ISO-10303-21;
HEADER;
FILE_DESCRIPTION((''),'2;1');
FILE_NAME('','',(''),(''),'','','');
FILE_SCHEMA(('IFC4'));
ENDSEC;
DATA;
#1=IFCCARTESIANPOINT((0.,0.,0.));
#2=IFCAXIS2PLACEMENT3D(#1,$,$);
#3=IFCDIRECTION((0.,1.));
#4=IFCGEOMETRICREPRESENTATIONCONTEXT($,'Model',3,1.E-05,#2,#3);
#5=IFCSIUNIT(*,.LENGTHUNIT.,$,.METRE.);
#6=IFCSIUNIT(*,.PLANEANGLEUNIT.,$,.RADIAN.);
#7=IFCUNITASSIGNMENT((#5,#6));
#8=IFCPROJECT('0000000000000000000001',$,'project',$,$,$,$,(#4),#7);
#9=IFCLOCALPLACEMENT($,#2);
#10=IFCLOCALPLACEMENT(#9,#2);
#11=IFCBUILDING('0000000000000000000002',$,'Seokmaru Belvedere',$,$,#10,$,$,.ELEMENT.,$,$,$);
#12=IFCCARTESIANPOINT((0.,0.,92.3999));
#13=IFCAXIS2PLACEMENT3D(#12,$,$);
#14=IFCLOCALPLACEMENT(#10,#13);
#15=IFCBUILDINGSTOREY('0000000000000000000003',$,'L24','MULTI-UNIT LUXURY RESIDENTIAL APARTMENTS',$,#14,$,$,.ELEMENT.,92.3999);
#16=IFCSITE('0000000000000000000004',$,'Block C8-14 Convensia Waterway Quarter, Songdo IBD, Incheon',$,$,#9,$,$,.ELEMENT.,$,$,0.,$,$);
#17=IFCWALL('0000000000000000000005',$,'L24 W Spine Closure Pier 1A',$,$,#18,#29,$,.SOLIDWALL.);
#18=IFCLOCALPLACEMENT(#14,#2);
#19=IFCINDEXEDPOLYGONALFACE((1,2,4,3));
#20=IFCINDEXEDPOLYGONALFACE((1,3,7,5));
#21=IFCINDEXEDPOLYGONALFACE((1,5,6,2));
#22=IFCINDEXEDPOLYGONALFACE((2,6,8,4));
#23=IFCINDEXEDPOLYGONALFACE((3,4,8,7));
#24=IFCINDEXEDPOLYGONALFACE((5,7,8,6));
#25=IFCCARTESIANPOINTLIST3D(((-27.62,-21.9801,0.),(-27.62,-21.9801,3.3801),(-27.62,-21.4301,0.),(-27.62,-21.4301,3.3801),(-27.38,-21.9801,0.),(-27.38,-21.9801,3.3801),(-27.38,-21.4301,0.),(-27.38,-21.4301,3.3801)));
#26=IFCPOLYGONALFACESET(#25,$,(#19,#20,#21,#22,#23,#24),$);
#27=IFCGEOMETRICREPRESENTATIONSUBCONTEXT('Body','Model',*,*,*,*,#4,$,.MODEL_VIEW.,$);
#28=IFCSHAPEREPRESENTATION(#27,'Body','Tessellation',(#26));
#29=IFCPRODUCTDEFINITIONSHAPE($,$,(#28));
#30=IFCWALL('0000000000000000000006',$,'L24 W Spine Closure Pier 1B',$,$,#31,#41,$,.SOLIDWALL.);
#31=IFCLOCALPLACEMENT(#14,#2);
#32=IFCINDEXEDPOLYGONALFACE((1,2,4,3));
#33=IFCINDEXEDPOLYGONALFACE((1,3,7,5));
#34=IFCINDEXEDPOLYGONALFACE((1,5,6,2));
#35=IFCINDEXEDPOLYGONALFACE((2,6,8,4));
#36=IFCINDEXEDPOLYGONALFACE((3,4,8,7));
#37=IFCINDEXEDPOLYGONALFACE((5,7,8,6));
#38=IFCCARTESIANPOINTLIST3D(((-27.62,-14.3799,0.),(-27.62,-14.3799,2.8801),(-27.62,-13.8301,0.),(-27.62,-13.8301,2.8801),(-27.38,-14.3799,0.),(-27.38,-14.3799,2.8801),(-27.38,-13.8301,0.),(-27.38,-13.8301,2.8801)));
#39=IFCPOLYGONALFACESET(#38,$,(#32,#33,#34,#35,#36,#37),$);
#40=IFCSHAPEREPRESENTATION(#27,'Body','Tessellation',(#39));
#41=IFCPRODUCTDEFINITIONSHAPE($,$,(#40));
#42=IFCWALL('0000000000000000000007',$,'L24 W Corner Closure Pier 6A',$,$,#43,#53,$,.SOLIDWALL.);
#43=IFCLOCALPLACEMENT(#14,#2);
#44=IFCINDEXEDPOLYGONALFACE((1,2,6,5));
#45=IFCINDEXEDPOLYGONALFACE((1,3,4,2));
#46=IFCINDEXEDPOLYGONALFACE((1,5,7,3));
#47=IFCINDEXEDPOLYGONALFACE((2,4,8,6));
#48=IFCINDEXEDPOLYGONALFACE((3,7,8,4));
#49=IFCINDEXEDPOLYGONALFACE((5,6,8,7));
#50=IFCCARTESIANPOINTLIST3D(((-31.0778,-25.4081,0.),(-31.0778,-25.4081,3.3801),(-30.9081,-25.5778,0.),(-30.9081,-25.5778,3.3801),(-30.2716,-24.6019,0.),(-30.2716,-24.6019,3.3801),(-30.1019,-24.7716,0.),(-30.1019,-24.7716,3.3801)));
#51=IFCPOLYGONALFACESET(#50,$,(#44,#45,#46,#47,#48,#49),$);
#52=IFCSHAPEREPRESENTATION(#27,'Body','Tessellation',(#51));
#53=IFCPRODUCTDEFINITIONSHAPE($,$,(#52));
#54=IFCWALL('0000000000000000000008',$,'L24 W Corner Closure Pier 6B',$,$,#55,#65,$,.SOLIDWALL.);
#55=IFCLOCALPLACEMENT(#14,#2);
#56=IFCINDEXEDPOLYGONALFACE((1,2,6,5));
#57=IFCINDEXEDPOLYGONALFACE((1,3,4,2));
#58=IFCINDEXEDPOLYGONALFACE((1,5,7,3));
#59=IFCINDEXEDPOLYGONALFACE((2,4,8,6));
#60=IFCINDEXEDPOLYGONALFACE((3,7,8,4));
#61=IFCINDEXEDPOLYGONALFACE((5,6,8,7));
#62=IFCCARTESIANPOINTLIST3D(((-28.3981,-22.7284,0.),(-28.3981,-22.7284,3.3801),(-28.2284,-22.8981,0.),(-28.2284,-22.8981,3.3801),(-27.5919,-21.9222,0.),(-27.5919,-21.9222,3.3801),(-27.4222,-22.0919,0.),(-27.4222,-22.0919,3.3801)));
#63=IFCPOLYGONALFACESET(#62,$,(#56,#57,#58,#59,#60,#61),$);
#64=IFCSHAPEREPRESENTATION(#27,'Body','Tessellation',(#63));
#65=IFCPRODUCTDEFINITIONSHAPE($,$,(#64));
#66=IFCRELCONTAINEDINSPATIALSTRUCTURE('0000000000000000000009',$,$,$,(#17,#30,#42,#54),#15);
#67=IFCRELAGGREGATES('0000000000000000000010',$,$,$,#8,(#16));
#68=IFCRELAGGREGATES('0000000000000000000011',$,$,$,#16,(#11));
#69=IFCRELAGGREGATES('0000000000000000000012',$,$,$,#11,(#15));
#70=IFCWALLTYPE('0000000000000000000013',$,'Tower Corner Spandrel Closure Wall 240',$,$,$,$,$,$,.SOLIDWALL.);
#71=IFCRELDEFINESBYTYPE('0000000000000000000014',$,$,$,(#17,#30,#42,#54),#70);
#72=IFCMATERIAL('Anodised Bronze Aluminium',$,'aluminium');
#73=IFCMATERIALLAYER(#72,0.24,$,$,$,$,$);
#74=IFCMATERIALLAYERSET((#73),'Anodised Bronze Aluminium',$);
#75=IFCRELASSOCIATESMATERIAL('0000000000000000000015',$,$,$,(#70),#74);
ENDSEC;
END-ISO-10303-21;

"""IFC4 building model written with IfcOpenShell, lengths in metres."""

from ifc_helpers import new_model, si_unit, direction, frame, frame_2d, origin, place, context, subcontext, project, spatial, rectangle, extrude, material, layer, layer_set, type_object, element, save


model = new_model("IFC4")

# Units and contexts
model_context = context("Model", 3, precision=1e-05, world=origin(), true_north=direction((0.0, 1.0)))
body_context = subcontext(model_context, "Body", "Model", "MODEL_VIEW")
ifc_project = project(units=[si_unit("LENGTHUNIT", "METRE"), si_unit("PLANEANGLEUNIT", "RADIAN")], contexts=[model_context])

# Site, building, storey
site_placement = place(None, origin())
site = spatial("IfcSite", under=ifc_project, at=site_placement, Name="Block C8-14 Convensia Waterway Quarter, Songdo IBD, Incheon", CompositionType="ELEMENT", RefElevation=0.0)
building_placement = place(site_placement, origin())
building = spatial("IfcBuilding", under=site, at=building_placement, Name="Seokmaru Belvedere", CompositionType="ELEMENT")
storey_placement = place(building_placement, frame((0.0, 0.0, 92.3999)))
storey = spatial("IfcBuildingStorey", under=building, at=storey_placement, Name="L24", Description="MULTI-UNIT LUXURY RESIDENTIAL APARTMENTS", CompositionType="ELEMENT", Elevation=92.3999)

# Shared definitions
ifc_material_1 = material(Name="Anodised Bronze Aluminium", Category="aluminium")

# Walls
ifc_layer_1 = layer(ifc_material_1, 0.24)
ifc_layer_set_1 = layer_set([ifc_layer_1], Name="Anodised Bronze Aluminium")
wall_type = type_object("IfcWallType", Name="Tower Corner Spandrel Closure Wall 240", PredefinedType="SOLIDWALL", material=ifc_layer_set_1)
wall_1_placement = place(storey_placement, frame((-27.5, -21.98, 0.0), z_axis=(0.0, 0.0, 1.0), x_axis=(0.0, 1.0, 0.0)))
element("IfcWall", 1, at=wall_1_placement, inside=storey, type_object=wall_type, Name="L24 W Spine Closure Pier 1A", PredefinedType="SOLIDWALL", context=body_context, shape_type="SweptSolid", body=[
    extrude(rectangle(XDim=0.55, YDim=0.24, at=frame_2d((0.2749, 0.0))), origin(), (0.0, 0.0, 1.0), 3.3801),
])
wall_2_placement = place(storey_placement, frame((-27.5, -14.3799, 0.0), z_axis=(0.0, 0.0, 1.0), x_axis=(0.0, 1.0, 0.0)))
element("IfcWall", 2, at=wall_2_placement, inside=storey, type_object=wall_type, Name="L24 W Spine Closure Pier 1B", PredefinedType="SOLIDWALL", context=body_context, shape_type="SweptSolid", body=[
    extrude(rectangle(XDim=0.5498, YDim=0.24, at=frame_2d((0.2749, 0.0))), origin(), (0.0, 0.0, 1.0), 2.8801),
])
for number, where, z_axis, x_axis, name in (
    (3, (-30.9929, -25.4929, 0.0), (0.0, 0.0, 1.0), (0.707107, 0.707107, 0.0), "L24 W Corner Closure Pier 6A"),
    (4, (-28.3132, -22.8132, 0.0), (0.0, 0.0, 1.0), (0.707107, 0.707107, 0.0), "L24 W Corner Closure Pier 6B"),
):
    element("IfcWall", number, at=place(storey_placement, frame(where, z_axis=z_axis, x_axis=x_axis)), inside=storey, type_object=wall_type, Name=name, PredefinedType="SOLIDWALL", context=body_context, shape_type="SweptSolid", body=[
        extrude(rectangle(XDim=1.1401, YDim=0.24, at=frame_2d((0.5701, 0.0))), origin(), (0.0, 0.0, 1.0), 3.3801),
    ])

save(model, "model.ifc")
